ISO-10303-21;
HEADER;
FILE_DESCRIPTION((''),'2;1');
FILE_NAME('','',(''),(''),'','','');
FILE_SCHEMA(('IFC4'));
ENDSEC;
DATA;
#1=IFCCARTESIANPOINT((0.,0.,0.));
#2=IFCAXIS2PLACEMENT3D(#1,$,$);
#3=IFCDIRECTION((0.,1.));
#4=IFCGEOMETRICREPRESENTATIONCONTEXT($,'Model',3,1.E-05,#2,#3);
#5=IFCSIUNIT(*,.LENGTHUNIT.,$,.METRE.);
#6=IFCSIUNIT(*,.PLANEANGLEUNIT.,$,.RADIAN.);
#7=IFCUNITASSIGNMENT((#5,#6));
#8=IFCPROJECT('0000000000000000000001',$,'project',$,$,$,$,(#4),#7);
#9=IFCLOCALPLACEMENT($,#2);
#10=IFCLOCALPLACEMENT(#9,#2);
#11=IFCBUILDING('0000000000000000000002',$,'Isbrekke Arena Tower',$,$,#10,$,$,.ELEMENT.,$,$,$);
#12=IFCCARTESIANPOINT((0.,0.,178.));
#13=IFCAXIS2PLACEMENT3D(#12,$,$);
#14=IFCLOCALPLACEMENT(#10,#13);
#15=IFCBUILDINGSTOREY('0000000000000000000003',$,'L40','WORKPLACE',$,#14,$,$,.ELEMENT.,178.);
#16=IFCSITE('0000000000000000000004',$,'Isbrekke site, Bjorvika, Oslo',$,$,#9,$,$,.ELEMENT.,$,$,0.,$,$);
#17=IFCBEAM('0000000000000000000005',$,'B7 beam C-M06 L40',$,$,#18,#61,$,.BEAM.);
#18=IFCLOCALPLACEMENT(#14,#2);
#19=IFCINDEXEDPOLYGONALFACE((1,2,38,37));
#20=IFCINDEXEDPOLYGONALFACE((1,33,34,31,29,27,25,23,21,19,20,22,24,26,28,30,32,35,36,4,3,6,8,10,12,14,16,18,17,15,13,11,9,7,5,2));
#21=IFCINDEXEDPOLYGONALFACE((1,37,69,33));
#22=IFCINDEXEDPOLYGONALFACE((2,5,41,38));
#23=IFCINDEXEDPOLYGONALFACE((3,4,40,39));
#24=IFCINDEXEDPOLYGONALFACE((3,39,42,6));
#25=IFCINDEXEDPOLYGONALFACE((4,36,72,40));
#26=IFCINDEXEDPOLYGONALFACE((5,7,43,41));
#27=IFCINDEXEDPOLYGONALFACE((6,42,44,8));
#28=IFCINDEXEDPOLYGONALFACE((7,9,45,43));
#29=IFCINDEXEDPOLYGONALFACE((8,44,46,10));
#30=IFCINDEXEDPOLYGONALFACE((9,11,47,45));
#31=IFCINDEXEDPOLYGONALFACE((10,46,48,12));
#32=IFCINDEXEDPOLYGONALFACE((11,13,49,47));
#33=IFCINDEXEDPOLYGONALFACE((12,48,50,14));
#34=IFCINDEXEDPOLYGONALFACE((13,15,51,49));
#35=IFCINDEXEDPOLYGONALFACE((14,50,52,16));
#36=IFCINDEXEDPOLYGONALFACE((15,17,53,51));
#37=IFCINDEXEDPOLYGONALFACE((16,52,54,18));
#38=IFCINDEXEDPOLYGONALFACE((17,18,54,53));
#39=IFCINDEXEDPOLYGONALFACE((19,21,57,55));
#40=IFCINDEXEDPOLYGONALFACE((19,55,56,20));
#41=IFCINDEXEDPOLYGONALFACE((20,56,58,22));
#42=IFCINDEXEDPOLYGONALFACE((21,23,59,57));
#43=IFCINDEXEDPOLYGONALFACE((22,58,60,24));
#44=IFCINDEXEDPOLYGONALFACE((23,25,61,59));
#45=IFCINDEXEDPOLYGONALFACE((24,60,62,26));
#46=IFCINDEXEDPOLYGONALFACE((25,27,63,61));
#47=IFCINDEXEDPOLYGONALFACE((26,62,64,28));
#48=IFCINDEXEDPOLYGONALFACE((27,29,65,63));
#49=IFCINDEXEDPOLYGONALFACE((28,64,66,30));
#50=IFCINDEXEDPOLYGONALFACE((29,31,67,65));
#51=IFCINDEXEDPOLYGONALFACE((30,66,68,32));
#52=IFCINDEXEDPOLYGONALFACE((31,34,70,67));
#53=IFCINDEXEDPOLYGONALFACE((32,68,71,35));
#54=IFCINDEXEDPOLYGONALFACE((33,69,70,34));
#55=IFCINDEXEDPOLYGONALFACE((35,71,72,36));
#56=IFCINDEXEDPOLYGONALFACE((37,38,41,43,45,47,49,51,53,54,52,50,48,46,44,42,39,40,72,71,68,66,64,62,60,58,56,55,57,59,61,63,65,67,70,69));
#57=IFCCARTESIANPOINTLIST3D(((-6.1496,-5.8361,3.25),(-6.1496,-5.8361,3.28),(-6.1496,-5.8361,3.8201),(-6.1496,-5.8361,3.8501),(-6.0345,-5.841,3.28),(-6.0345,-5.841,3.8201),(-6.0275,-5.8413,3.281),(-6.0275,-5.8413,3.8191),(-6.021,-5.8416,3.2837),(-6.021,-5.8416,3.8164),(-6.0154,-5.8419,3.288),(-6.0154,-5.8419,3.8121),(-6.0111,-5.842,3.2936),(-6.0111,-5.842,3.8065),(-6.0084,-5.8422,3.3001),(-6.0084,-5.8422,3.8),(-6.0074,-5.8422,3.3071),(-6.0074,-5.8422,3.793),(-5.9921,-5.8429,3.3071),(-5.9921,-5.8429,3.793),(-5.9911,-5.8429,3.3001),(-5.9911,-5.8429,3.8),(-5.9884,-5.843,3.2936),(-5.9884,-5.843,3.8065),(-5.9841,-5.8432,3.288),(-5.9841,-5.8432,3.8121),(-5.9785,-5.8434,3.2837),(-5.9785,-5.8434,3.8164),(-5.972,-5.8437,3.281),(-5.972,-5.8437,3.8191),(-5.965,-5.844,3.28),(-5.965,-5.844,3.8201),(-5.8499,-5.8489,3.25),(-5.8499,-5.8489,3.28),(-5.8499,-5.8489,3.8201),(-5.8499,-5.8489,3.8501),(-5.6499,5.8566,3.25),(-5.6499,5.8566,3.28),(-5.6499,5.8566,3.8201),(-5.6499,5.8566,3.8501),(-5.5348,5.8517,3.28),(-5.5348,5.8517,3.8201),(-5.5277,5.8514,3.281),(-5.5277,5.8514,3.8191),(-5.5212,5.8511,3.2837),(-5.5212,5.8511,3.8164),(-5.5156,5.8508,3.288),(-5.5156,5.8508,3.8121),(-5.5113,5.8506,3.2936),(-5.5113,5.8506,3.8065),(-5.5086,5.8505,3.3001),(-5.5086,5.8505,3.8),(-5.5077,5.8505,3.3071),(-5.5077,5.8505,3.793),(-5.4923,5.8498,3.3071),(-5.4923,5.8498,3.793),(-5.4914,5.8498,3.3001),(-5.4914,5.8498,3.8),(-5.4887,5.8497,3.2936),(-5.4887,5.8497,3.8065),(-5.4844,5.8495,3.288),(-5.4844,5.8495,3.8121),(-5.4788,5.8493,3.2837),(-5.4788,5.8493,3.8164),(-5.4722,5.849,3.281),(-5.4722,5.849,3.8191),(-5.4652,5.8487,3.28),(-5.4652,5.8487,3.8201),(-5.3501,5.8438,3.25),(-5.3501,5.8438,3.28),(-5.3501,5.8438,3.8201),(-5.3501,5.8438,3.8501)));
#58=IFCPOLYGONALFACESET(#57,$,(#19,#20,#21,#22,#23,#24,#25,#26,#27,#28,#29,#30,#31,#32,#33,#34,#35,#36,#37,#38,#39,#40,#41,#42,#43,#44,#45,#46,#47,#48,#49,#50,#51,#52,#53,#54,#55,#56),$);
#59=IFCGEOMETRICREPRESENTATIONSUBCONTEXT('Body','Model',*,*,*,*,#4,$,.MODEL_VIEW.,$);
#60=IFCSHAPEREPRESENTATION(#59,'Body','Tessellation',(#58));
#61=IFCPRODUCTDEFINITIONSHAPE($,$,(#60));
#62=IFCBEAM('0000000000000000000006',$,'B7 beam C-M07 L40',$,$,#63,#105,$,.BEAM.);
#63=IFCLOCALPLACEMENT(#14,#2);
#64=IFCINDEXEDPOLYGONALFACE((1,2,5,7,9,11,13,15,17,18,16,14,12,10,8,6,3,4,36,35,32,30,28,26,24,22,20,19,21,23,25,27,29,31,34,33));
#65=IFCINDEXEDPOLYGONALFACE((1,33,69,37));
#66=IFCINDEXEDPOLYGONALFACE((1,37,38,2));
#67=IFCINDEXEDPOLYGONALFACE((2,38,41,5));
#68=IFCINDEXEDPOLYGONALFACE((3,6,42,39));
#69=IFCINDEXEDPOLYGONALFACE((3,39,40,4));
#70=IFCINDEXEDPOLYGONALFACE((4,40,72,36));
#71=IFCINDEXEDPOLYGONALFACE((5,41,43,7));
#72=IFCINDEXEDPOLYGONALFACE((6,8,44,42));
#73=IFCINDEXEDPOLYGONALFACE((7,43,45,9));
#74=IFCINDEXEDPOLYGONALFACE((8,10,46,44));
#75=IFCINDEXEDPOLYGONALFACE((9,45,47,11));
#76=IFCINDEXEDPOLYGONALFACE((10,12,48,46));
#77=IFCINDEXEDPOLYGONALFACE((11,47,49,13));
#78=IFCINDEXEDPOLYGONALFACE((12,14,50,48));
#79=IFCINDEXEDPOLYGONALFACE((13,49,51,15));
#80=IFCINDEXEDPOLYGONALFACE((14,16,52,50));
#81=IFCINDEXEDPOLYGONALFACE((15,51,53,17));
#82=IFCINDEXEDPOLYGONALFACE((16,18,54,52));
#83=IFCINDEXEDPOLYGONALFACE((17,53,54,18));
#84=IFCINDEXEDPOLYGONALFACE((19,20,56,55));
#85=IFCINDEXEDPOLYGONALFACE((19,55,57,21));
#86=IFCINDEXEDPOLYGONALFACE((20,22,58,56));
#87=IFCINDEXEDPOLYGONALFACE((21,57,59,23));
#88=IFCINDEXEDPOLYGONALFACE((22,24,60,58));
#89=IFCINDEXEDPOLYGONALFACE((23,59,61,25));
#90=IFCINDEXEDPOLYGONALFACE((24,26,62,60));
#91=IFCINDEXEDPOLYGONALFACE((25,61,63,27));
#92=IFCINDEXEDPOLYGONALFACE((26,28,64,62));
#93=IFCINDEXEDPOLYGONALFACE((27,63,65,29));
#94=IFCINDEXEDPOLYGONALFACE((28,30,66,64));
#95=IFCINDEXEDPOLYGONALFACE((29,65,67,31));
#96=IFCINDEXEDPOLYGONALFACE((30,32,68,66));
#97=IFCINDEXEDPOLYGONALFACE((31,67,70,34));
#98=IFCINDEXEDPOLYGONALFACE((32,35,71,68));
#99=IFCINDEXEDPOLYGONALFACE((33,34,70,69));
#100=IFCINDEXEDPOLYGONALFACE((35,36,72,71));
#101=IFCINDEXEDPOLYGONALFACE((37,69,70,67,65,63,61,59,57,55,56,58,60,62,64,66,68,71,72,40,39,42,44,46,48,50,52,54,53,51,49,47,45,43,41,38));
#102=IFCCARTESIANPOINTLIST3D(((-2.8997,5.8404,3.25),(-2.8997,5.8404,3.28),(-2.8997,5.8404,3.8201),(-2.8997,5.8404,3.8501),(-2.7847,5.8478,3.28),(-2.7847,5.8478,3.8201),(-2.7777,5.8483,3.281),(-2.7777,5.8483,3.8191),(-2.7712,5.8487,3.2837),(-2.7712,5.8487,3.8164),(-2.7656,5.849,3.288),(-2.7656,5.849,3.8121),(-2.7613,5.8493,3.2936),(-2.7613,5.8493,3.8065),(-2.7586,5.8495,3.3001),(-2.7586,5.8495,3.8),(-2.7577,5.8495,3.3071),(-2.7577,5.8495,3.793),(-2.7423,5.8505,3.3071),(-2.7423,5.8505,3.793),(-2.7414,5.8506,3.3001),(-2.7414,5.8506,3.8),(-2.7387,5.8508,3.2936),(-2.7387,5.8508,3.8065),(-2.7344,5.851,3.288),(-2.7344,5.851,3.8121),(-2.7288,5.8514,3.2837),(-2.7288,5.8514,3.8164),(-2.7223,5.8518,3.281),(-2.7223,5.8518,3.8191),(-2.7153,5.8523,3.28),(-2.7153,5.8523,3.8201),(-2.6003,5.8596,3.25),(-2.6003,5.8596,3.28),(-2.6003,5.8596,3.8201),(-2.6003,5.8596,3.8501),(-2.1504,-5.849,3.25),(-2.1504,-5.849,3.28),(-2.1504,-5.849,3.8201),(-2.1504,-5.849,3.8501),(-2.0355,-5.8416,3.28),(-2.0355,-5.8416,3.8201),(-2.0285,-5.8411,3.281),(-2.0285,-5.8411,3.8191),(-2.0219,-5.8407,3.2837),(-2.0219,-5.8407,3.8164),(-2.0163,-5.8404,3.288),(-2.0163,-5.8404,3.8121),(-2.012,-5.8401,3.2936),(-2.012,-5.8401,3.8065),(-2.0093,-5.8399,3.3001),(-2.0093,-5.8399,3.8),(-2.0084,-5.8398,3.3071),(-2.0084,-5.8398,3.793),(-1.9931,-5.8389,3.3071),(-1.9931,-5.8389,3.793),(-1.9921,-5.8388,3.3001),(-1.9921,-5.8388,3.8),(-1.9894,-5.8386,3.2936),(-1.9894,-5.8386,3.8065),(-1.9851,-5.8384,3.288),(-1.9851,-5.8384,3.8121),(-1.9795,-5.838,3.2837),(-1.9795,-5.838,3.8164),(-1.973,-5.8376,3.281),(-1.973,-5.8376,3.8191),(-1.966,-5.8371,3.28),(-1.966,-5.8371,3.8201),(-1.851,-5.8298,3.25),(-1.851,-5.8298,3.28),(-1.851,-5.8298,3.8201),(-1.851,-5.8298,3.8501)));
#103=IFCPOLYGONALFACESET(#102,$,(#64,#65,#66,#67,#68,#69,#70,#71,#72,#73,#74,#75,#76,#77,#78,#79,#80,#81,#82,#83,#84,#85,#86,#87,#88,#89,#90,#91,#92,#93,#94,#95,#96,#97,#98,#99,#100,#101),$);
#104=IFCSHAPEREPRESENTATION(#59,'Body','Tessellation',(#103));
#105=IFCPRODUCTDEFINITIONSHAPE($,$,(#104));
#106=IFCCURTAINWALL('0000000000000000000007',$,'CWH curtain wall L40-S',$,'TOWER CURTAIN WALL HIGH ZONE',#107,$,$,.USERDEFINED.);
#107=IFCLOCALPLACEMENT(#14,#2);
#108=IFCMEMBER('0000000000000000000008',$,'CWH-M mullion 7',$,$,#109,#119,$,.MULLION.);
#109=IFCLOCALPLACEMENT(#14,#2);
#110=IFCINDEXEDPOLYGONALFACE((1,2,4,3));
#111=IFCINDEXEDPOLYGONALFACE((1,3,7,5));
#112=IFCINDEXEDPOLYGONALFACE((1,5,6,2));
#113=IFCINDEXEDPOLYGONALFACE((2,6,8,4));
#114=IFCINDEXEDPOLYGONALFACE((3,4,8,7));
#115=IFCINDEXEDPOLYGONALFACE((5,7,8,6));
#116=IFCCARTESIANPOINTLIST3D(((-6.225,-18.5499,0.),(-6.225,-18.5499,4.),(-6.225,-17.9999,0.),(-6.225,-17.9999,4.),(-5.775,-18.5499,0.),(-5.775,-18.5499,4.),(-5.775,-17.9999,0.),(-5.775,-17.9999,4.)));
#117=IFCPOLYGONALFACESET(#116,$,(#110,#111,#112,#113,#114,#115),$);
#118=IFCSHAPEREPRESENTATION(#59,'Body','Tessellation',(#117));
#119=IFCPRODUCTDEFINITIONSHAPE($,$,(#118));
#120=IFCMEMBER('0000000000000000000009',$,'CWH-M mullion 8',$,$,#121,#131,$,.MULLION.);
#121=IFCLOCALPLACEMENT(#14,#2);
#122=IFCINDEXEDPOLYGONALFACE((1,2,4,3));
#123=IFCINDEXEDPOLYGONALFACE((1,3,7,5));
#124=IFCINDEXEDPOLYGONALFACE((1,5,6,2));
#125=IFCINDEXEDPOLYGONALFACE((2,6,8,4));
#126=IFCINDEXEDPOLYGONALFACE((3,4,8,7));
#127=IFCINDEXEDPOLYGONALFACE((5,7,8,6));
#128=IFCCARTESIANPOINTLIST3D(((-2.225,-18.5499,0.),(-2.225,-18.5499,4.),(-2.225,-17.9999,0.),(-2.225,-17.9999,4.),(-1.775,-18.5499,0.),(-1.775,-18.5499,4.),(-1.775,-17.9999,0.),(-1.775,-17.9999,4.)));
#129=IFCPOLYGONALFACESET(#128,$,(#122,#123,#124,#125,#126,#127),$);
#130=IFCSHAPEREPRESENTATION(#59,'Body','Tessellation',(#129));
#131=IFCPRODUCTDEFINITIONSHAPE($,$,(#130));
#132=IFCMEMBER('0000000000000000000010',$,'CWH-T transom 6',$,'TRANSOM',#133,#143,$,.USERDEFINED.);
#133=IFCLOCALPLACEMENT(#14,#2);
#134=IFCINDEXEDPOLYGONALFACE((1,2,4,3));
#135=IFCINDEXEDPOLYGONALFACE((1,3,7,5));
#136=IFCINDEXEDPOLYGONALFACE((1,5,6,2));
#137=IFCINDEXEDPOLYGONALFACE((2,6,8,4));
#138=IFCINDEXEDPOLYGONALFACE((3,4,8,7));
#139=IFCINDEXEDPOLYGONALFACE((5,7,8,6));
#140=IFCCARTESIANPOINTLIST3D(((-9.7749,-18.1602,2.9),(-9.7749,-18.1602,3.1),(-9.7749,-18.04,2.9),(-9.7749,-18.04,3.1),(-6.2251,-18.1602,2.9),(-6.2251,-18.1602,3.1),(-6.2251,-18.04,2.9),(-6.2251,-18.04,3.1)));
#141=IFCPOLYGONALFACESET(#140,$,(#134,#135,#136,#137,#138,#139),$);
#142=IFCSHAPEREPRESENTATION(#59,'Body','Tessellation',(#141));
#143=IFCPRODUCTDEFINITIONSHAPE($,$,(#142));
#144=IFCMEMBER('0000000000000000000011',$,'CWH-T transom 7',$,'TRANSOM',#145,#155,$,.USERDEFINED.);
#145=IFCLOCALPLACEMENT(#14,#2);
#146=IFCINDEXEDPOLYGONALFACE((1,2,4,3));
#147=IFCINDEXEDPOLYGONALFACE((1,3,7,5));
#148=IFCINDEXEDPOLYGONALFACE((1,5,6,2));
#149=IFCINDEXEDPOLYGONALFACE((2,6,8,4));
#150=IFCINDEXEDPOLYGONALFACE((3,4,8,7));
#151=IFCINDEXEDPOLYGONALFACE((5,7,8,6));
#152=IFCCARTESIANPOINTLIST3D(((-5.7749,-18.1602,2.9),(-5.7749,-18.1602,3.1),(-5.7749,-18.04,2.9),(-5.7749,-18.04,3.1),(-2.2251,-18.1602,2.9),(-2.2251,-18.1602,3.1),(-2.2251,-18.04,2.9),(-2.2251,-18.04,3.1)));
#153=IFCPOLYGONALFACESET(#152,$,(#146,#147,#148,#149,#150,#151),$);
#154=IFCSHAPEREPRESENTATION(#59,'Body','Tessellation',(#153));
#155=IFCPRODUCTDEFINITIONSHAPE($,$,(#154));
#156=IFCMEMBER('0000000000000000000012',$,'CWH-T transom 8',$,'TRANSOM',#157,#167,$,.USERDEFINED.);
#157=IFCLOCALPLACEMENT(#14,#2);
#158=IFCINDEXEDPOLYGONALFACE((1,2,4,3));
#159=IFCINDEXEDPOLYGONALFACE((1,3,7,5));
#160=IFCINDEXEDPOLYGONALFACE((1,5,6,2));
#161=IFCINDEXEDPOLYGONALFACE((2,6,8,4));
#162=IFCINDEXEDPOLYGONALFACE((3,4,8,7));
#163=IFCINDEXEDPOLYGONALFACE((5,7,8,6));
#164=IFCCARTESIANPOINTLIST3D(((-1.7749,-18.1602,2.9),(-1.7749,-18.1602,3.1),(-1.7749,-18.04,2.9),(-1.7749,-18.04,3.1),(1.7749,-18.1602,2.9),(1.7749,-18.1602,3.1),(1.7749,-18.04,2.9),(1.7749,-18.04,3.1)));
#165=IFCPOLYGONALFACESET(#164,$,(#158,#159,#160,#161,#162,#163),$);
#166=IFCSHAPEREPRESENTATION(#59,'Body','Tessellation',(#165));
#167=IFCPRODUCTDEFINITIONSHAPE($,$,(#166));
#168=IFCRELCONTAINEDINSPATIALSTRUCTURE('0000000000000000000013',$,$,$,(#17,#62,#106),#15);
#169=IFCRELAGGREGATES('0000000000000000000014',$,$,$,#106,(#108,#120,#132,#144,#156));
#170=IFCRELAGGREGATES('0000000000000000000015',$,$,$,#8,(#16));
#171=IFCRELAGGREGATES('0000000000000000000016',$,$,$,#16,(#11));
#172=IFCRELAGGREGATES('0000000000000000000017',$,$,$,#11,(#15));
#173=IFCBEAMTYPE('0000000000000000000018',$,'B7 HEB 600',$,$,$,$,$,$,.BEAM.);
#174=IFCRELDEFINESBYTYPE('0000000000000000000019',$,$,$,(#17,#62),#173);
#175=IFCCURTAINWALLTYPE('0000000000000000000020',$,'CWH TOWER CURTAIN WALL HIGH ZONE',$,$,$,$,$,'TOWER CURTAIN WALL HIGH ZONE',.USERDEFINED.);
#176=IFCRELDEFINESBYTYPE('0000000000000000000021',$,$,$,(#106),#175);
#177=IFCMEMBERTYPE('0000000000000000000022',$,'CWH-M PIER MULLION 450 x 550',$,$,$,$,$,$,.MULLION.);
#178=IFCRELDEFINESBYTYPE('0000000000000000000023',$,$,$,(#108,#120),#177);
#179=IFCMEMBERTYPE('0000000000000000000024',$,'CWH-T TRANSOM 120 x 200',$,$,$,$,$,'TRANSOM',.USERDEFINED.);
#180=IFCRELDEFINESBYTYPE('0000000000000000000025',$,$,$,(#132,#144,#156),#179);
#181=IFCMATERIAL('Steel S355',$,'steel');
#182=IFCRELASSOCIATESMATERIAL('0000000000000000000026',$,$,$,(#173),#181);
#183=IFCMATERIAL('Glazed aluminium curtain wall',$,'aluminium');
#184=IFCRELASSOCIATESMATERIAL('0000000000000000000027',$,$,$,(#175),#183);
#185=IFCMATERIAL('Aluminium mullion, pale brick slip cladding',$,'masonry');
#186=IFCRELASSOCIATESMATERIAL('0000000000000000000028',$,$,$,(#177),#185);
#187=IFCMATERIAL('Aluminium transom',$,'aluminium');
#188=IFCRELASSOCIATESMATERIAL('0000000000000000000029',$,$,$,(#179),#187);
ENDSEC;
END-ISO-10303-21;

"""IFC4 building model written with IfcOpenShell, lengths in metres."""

from ifc_helpers import new_model, si_unit, direction, frame, origin, origin_2d, place, context, subcontext, project, spatial, rectangle, i_section, extrude, material, material_profile, profile_set, type_object, element, aggregate, save


model = new_model("IFC4")

# Units and contexts
model_context = context("Model", 3, precision=1e-05, world=origin(), true_north=direction((0.0, 1.0)))
body_context = subcontext(model_context, "Body", "Model", "MODEL_VIEW")
ifc_project = project(units=[si_unit("LENGTHUNIT", "METRE"), si_unit("PLANEANGLEUNIT", "RADIAN")], contexts=[model_context])

# Site, building, storey
site_placement = place(None, origin())
site = spatial("IfcSite", under=ifc_project, at=site_placement, Name="Isbrekke site, Bjorvika, Oslo", CompositionType="ELEMENT", RefElevation=0.0)
building_placement = place(site_placement, origin())
building = spatial("IfcBuilding", under=site, at=building_placement, Name="Isbrekke Arena Tower", CompositionType="ELEMENT")
storey_placement = place(building_placement, frame((0.0, 0.0, 178.0)))
storey = spatial("IfcBuildingStorey", under=building, at=storey_placement, Name="L40", Description="WORKPLACE", CompositionType="ELEMENT", Elevation=178.0)

# Beams
ifc_material_1 = material(Name="Steel S355", Category="steel")
ifc_material_profile_1 = material_profile(ifc_material_1, i_section(OverallWidth=0.3, OverallDepth=0.6001, WebThickness=0.0154, FlangeThickness=0.03, FilletRadius=0.0271, at=origin_2d()), Name="HEB 600")
ifc_profile_set_1 = profile_set([ifc_material_profile_1], Name="Steel S355")
beam_type_1 = type_object("IfcBeamType", Name="B7 HEB 600", PredefinedType="BEAM", material=ifc_profile_set_1)
beam_1_placement = place(storey_placement, frame((-5.9998, -5.8425, 3.55), z_axis=(0.042702, 0.999088, 0.0), x_axis=(-0.999088, 0.042702, 0.0)))
element("IfcBeam", 1, at=beam_1_placement, inside=storey, type_object=beam_type_1, Name="B7 beam C-M06 L40", PredefinedType="BEAM", context=body_context, shape_type="SweptSolid", body=[
    extrude(i_section(OverallWidth=0.3, OverallDepth=0.6001, WebThickness=0.0154, FlangeThickness=0.03, FilletRadius=0.0271, at=origin_2d()), origin(), (0.0, 0.0, 1.0), 11.7034),
])
beam_2_placement = place(storey_placement, frame((-2.0007, -5.8394, 3.55), z_axis=(-0.063966, 0.997952, 0.0), x_axis=(-0.997952, -0.063966, 0.0)))
element("IfcBeam", 2, at=beam_2_placement, inside=storey, type_object=beam_type_1, Name="B7 beam C-M07 L40", PredefinedType="BEAM", context=body_context, shape_type="SweptSolid", body=[
    extrude(i_section(OverallWidth=0.3, OverallDepth=0.6001, WebThickness=0.0154, FlangeThickness=0.03, FilletRadius=0.0271, at=origin_2d()), origin(), (0.0, 0.0, 1.0), 11.7134),
])

# Curtain wall, members
ifc_material_2 = material(Name="Glazed aluminium curtain wall", Category="aluminium")
curtain_wall_type = type_object("IfcCurtainWallType", Name="CWH TOWER CURTAIN WALL HIGH ZONE", ElementType="TOWER CURTAIN WALL HIGH ZONE", PredefinedType="USERDEFINED", material=ifc_material_2)
curtain_wall_placement = place(storey_placement, origin())
curtain_wall = element("IfcCurtainWall", 3, at=curtain_wall_placement, inside=storey, type_object=curtain_wall_type, Name="CWH curtain wall L40-S", ObjectType="TOWER CURTAIN WALL HIGH ZONE", PredefinedType="USERDEFINED")
ifc_material_3 = material(Name="Aluminium mullion, pale brick slip cladding", Category="masonry")
ifc_material_profile_2 = material_profile(ifc_material_3, rectangle(XDim=0.45, YDim=0.55, at=origin_2d()), Name="PIER 450X550")
ifc_profile_set_2 = profile_set([ifc_material_profile_2], Name="Aluminium mullion, pale brick slip cladding")
member_type_1 = type_object("IfcMemberType", Name="CWH-M PIER MULLION 450 x 550", PredefinedType="MULLION", material=ifc_profile_set_2)
member_1_placement = place(storey_placement, frame((-6.0, -18.2749, 0.0), z_axis=(0.0, 0.0, 1.0), x_axis=(1.0, 0.0, 0.0)))
member_1 = element("IfcMember", 4, at=member_1_placement, type_object=member_type_1, Name="CWH-M mullion 7", PredefinedType="MULLION", context=body_context, shape_type="SweptSolid", body=[
    extrude(rectangle(XDim=0.45, YDim=0.55, at=origin_2d()), origin(), (0.0, 0.0, 1.0), 4.0),
])
member_2_placement = place(storey_placement, frame((-2.0, -18.2749, 0.0), z_axis=(0.0, 0.0, 1.0), x_axis=(1.0, 0.0, 0.0)))
member_2 = element("IfcMember", 5, at=member_2_placement, type_object=member_type_1, Name="CWH-M mullion 8", PredefinedType="MULLION", context=body_context, shape_type="SweptSolid", body=[
    extrude(rectangle(XDim=0.45, YDim=0.55, at=origin_2d()), origin(), (0.0, 0.0, 1.0), 4.0),
])
ifc_material_4 = material(Name="Aluminium transom", Category="aluminium")
ifc_material_profile_3 = material_profile(ifc_material_4, rectangle(XDim=0.1201, YDim=0.2, at=origin_2d()), Name="TRANSOM 120X200")
ifc_profile_set_3 = profile_set([ifc_material_profile_3], Name="Aluminium transom")
member_type_2 = type_object("IfcMemberType", Name="CWH-T TRANSOM 120 x 200", ElementType="TRANSOM", PredefinedType="USERDEFINED", material=ifc_profile_set_3)
member_3_placement = place(storey_placement, frame((-9.7749, -18.1001, 3.0), z_axis=(1.0, 0.0, 0.0), x_axis=(0.0, 1.0, 0.0)))
member_3 = element("IfcMember", 6, at=member_3_placement, type_object=member_type_2, Name="CWH-T transom 6", ObjectType="TRANSOM", PredefinedType="USERDEFINED", context=body_context, shape_type="SweptSolid", body=[
    extrude(rectangle(XDim=0.1201, YDim=0.2, at=origin_2d()), origin(), (0.0, 0.0, 1.0), 3.5498),
])
member_4_placement = place(storey_placement, frame((-5.7749, -18.1001, 3.0), z_axis=(1.0, 0.0, 0.0), x_axis=(0.0, 1.0, 0.0)))
member_4 = element("IfcMember", 7, at=member_4_placement, type_object=member_type_2, Name="CWH-T transom 7", ObjectType="TRANSOM", PredefinedType="USERDEFINED", context=body_context, shape_type="SweptSolid", body=[
    extrude(rectangle(XDim=0.1201, YDim=0.2, at=origin_2d()), origin(), (0.0, 0.0, 1.0), 3.5498),
])
member_5_placement = place(storey_placement, frame((-1.7749, -18.1001, 3.0), z_axis=(1.0, 0.0, 0.0), x_axis=(0.0, 1.0, 0.0)))
member_5 = element("IfcMember", 8, at=member_5_placement, type_object=member_type_2, Name="CWH-T transom 8", ObjectType="TRANSOM", PredefinedType="USERDEFINED", context=body_context, shape_type="SweptSolid", body=[
    extrude(rectangle(XDim=0.1201, YDim=0.2, at=origin_2d()), origin(), (0.0, 0.0, 1.0), 3.5498),
])

aggregate(curtain_wall, [member_1, member_2, member_3, member_4, member_5])

save(model, "model.ifc")
